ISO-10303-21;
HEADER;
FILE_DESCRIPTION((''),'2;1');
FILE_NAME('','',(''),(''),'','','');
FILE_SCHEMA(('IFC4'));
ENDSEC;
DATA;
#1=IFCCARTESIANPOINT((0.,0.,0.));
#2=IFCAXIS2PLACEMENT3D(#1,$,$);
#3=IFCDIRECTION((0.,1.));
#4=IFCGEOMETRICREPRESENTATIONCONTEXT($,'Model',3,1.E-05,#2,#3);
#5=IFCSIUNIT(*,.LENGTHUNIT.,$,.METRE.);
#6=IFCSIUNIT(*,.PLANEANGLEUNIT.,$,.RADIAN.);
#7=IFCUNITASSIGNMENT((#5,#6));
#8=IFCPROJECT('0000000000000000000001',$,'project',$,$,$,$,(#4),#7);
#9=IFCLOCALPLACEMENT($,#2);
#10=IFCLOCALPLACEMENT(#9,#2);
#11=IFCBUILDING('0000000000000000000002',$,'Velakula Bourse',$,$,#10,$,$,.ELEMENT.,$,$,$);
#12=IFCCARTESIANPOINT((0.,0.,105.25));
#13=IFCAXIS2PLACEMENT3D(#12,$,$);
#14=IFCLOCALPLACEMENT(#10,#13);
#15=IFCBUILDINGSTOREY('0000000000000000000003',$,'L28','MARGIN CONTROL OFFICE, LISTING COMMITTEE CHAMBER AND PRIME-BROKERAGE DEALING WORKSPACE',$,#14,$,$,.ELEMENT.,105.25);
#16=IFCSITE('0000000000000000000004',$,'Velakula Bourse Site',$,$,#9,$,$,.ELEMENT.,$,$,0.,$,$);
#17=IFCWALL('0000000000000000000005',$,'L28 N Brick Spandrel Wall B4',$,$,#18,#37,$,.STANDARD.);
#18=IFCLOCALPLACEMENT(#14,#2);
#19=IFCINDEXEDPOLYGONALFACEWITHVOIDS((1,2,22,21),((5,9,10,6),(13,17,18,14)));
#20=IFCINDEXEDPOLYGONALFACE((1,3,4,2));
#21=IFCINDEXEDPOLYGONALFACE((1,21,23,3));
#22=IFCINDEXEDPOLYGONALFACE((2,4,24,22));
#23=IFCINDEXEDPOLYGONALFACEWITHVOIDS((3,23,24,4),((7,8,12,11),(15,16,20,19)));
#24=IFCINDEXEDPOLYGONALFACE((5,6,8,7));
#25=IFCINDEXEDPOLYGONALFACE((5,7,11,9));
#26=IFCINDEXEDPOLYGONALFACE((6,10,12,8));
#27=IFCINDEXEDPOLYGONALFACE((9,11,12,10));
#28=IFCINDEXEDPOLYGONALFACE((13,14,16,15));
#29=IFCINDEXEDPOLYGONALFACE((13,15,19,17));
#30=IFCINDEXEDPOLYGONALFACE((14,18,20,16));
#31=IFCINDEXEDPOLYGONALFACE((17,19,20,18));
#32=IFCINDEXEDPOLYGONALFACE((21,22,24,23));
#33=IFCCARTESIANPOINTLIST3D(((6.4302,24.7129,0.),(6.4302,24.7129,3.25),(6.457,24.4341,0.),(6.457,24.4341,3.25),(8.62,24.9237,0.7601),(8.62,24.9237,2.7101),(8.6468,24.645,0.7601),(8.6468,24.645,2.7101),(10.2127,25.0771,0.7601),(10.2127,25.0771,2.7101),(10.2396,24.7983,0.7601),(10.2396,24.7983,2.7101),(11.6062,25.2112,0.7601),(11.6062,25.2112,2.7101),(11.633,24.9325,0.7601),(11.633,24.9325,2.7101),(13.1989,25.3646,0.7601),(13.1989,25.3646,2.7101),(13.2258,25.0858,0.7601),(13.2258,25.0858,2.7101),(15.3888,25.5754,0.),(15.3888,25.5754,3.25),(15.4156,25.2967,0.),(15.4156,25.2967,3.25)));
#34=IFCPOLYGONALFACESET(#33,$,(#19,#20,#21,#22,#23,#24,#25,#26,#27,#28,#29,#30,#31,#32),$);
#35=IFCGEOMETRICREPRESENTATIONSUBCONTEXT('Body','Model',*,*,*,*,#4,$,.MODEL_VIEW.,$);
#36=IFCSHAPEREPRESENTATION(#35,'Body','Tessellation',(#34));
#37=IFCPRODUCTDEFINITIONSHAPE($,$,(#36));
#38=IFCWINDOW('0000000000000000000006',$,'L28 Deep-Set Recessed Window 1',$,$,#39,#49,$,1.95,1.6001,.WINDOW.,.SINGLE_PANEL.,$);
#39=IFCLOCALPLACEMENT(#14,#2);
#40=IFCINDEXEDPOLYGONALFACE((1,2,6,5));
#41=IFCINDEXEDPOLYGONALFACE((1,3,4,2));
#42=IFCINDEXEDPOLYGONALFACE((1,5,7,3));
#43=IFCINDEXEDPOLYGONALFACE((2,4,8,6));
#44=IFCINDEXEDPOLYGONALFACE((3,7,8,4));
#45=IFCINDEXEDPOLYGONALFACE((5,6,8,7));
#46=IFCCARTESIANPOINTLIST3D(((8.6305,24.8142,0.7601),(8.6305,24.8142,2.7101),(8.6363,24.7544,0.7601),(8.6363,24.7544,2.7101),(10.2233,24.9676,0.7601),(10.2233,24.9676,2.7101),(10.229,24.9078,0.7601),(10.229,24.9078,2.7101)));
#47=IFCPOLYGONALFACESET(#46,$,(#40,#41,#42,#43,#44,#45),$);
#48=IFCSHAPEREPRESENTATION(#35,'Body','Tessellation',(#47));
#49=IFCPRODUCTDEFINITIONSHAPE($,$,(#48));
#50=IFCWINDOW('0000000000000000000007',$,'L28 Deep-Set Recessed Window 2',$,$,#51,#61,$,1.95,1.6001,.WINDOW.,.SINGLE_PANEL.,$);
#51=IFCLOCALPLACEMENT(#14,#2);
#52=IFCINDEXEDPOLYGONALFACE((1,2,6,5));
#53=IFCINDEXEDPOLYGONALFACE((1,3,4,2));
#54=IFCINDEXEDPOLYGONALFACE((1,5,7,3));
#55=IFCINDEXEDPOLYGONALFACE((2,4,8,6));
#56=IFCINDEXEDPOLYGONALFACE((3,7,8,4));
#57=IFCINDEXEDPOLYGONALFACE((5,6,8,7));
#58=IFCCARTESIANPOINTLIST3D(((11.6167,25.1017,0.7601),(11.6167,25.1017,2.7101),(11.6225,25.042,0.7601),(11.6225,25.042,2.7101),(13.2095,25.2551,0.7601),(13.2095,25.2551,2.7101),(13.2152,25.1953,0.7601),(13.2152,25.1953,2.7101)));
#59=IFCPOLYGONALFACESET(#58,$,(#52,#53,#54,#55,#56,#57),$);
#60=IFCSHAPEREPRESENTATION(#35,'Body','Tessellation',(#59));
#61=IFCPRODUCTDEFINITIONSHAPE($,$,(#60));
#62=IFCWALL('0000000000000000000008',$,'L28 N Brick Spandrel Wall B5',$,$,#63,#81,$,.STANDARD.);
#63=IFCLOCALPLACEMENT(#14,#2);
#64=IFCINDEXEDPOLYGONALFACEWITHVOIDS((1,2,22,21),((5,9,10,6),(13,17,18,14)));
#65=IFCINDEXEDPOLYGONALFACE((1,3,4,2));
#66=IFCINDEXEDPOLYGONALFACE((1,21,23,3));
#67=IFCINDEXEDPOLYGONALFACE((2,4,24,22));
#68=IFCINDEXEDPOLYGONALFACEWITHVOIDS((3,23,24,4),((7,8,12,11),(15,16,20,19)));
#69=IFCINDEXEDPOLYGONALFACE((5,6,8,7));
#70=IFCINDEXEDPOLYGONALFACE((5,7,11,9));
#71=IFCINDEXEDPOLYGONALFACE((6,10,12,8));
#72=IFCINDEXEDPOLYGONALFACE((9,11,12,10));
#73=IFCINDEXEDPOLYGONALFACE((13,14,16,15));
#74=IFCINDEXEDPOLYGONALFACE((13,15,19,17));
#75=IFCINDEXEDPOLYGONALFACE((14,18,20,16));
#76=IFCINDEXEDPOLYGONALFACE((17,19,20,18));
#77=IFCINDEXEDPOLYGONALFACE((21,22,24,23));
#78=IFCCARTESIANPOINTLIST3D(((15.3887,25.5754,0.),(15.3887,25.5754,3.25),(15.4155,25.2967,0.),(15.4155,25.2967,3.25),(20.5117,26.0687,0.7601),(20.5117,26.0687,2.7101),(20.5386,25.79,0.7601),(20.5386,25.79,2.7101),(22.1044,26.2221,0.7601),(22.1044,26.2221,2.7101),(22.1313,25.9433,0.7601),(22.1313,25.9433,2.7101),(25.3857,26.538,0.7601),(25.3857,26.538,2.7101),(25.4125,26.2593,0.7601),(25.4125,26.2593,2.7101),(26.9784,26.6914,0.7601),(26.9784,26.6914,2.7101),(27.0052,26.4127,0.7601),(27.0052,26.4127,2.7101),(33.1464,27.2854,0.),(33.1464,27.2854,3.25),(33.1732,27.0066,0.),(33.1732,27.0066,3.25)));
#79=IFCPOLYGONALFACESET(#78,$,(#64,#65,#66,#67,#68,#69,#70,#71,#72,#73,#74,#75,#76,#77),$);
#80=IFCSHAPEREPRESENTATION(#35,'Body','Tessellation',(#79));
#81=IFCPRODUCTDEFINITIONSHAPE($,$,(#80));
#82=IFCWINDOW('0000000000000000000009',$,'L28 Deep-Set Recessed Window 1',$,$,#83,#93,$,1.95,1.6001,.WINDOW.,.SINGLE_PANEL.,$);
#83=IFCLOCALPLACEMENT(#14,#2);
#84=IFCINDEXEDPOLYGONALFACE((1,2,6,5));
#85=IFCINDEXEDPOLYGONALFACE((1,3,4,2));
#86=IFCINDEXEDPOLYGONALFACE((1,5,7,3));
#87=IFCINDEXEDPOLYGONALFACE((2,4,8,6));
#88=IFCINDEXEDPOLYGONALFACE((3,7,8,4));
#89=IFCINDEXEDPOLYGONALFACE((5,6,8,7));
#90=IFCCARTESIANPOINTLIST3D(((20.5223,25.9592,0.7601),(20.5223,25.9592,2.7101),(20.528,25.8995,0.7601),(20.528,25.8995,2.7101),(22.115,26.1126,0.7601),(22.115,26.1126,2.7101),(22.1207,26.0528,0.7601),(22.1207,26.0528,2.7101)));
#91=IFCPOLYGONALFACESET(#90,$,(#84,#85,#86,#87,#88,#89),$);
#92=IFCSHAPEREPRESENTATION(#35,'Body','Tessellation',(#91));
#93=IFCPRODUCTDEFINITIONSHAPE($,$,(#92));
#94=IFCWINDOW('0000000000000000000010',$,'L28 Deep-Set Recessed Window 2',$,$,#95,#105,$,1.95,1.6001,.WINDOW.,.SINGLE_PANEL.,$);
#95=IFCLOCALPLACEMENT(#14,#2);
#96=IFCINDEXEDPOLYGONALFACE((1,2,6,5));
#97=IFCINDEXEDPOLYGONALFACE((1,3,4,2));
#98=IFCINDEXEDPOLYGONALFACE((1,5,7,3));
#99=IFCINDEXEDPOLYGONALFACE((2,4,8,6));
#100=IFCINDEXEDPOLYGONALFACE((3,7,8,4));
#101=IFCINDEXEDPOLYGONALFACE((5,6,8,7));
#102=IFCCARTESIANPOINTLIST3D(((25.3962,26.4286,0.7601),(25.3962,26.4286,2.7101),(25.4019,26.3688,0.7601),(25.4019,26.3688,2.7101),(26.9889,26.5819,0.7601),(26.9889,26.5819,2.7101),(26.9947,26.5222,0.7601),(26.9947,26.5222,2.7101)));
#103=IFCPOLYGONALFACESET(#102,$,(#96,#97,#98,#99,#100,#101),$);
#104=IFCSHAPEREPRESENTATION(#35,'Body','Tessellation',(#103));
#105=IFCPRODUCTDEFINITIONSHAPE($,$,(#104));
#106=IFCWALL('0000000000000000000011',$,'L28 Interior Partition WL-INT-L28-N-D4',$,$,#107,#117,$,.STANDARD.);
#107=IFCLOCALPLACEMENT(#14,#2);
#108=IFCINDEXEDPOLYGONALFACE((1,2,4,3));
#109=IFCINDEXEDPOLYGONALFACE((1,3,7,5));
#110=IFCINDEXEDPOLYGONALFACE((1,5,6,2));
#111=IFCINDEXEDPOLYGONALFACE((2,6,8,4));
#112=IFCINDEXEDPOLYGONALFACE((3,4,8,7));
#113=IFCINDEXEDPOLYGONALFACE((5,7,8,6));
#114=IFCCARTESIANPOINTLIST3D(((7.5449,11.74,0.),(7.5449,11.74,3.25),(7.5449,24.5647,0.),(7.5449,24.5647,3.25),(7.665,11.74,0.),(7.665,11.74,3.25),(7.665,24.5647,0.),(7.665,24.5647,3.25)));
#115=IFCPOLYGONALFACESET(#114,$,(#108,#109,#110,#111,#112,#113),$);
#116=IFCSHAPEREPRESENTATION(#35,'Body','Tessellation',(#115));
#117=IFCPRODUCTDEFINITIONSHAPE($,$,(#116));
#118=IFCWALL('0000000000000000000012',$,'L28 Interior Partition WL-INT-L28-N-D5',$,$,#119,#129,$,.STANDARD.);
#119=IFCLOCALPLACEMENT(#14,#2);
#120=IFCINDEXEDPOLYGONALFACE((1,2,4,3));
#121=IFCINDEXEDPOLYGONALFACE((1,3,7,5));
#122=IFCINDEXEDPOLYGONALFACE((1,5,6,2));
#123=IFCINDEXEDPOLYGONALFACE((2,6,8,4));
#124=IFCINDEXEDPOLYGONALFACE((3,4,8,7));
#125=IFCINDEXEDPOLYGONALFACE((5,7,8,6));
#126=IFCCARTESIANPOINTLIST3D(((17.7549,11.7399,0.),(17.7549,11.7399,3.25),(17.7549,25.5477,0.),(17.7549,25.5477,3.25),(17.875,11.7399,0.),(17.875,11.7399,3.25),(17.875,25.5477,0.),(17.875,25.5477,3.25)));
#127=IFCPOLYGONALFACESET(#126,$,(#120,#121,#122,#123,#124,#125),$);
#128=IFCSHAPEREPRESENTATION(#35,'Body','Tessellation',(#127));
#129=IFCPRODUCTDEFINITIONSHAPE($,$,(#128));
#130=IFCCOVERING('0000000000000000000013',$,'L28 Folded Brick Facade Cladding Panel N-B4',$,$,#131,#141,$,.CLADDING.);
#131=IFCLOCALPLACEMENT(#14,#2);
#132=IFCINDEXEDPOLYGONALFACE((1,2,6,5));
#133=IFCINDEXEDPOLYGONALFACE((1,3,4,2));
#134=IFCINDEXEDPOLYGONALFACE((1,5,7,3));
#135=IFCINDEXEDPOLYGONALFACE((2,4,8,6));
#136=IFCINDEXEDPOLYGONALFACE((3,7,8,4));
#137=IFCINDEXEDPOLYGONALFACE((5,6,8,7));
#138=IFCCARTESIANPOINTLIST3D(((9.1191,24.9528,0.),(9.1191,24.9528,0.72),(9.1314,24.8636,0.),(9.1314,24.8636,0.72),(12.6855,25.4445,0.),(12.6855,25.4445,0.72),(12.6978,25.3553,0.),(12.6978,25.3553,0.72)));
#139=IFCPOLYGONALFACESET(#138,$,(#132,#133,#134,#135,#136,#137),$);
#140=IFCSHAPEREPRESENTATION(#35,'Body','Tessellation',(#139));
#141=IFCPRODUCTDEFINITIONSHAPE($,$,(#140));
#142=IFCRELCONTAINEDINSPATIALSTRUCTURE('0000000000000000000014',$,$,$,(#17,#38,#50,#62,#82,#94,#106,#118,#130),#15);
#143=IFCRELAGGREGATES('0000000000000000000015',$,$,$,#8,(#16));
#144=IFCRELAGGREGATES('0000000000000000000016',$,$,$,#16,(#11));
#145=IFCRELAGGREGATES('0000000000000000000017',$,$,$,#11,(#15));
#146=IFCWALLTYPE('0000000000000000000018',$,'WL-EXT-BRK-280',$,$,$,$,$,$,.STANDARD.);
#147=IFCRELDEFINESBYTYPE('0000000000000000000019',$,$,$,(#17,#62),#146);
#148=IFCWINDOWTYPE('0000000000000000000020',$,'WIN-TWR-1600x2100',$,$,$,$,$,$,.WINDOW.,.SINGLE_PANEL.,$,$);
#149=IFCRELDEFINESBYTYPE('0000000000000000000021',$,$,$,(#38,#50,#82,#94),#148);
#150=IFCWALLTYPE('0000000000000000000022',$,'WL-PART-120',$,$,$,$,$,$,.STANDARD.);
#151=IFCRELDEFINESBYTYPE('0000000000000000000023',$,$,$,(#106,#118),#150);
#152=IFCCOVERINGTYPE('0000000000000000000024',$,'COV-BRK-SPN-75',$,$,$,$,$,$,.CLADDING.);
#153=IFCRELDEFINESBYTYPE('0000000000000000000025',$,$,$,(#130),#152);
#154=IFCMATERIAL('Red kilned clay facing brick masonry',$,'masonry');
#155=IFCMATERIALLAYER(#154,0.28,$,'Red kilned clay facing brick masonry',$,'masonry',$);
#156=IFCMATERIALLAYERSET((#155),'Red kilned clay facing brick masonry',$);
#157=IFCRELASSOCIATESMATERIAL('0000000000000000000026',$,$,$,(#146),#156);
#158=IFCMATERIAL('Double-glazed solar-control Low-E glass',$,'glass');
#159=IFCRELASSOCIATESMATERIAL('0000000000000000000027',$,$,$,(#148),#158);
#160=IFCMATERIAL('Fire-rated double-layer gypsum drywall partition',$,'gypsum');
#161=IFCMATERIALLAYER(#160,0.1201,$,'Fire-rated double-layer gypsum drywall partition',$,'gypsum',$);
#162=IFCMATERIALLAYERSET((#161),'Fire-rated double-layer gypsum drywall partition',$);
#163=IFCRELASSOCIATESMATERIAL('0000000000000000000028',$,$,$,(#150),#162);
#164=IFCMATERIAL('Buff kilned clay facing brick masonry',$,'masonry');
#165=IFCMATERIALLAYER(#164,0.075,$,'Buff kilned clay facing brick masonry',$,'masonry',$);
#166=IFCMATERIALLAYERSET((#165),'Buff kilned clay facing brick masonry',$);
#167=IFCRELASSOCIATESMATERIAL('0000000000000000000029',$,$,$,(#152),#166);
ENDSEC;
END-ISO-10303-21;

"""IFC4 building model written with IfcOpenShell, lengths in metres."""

from ifc_helpers import new_model, si_unit, direction, frame, frame_2d, origin, origin_2d, place, context, subcontext, project, spatial, rectangle, extrude, material, layer, layer_set, type_object, element, fill, save


model = new_model("IFC4")

# Units and contexts
model_context = context("Model", 3, precision=1e-05, world=origin(), true_north=direction((0.0, 1.0)))
body_context = subcontext(model_context, "Body", "Model", "MODEL_VIEW")
ifc_project = project(units=[si_unit("LENGTHUNIT", "METRE"), si_unit("PLANEANGLEUNIT", "RADIAN")], contexts=[model_context])

# Site, building, storey
site_placement = place(None, origin())
site = spatial("IfcSite", under=ifc_project, at=site_placement, Name="Velakula Bourse Site", CompositionType="ELEMENT", RefElevation=0.0)
building_placement = place(site_placement, origin())
building = spatial("IfcBuilding", under=site, at=building_placement, Name="Velakula Bourse", CompositionType="ELEMENT")
storey_placement = place(building_placement, frame((0.0, 0.0, 105.25)))
storey = spatial("IfcBuildingStorey", under=building, at=storey_placement, Name="L28", Description="MARGIN CONTROL OFFICE, LISTING COMMITTEE CHAMBER AND PRIME-BROKERAGE DEALING WORKSPACE", CompositionType="ELEMENT", Elevation=105.25)

# Walls, openings, windows
ifc_material_1 = material(Name="Red kilned clay facing brick masonry", Category="masonry")
ifc_layer_1 = layer(ifc_material_1, 0.28, Name="Red kilned clay facing brick masonry", Category="masonry")
ifc_layer_set_1 = layer_set([ifc_layer_1], Name="Red kilned clay facing brick masonry")
wall_type_1 = type_object("IfcWallType", Name="WL-EXT-BRK-280", PredefinedType="STANDARD", material=ifc_layer_set_1)
wall_1_placement = place(storey_placement, frame((6.4436, 24.5735, 0.0), z_axis=(0.0, 0.0, 1.0), x_axis=(0.995397, 0.09584, 0.0)))
wall_1 = element("IfcWall", 1, at=wall_1_placement, inside=storey, type_object=wall_type_1, Name="L28 N Brick Spandrel Wall B4", PredefinedType="STANDARD", context=body_context, shape_type="SweptSolid", body=[
    extrude(rectangle(XDim=9.0, YDim=0.28, at=frame_2d((4.5, 0.0))), origin(), (0.0, 0.0, 1.0), 3.25),
])
opening_1_placement = place(wall_1_placement, frame((2.2, 0.0, 0.76)))
opening_1 = element("IfcOpeningElement", 2, at=opening_1_placement, cuts=wall_1, PredefinedType="OPENING", context=body_context, shape_type="SweptSolid", body=[
    extrude(rectangle(XDim=1.6001, YDim=1.95, at=frame_2d((0.8, 0.9751))), frame((0.0, 0.1499, 0.0), z_axis=(0.0, -1.0, 0.0), x_axis=(1.0, 0.0, 0.0)), (0.0, 0.0, 1.0), 0.3),
])
opening_2_placement = place(wall_1_placement, frame((5.2, 0.0, 0.76)))
opening_2 = element("IfcOpeningElement", 3, at=opening_2_placement, cuts=wall_1, PredefinedType="OPENING", context=body_context, shape_type="SweptSolid", body=[
    extrude(rectangle(XDim=1.6001, YDim=1.95, at=frame_2d((0.8, 0.9751))), frame((0.0, 0.1499, 0.0), z_axis=(0.0, -1.0, 0.0), x_axis=(1.0, 0.0, 0.0)), (0.0, 0.0, 1.0), 0.3),
])
ifc_material_2 = material(Name="Double-glazed solar-control Low-E glass", Category="glass")
window_type = type_object("IfcWindowType", Name="WIN-TWR-1600x2100", PartitioningType="SINGLE_PANEL", PredefinedType="WINDOW", material=ifc_material_2)
window_1_placement = place(opening_1_placement, origin())
window_1 = element("IfcWindow", 4, at=window_1_placement, inside=storey, type_object=window_type, Name="L28 Deep-Set Recessed Window 1", OverallHeight=1.95, OverallWidth=1.6001, PartitioningType="SINGLE_PANEL", PredefinedType="WINDOW", context=body_context, shape_type="SweptSolid", body=[
    extrude(rectangle(XDim=1.6001, YDim=1.95, at=frame_2d((0.8, 0.9751))), frame((0.0, 0.03, 0.0), z_axis=(0.0, -1.0, 0.0), x_axis=(1.0, 0.0, 0.0)), (0.0, 0.0, 1.0), 0.0601),
])
fill(opening_1, window_1)
window_2_placement = place(opening_2_placement, origin())
window_2 = element("IfcWindow", 5, at=window_2_placement, inside=storey, type_object=window_type, Name="L28 Deep-Set Recessed Window 2", OverallHeight=1.95, OverallWidth=1.6001, PartitioningType="SINGLE_PANEL", PredefinedType="WINDOW", context=body_context, shape_type="SweptSolid", body=[
    extrude(rectangle(XDim=1.6001, YDim=1.95, at=frame_2d((0.8, 0.9751))), frame((0.0, 0.03, 0.0), z_axis=(0.0, -1.0, 0.0), x_axis=(1.0, 0.0, 0.0)), (0.0, 0.0, 1.0), 0.0601),
])
fill(opening_2, window_2)
wall_2_placement = place(storey_placement, frame((15.4021, 25.436, 0.0), z_axis=(0.0, 0.0, 1.0), x_axis=(0.995396, 0.09585, 0.0)))
wall_2 = element("IfcWall", 6, at=wall_2_placement, inside=storey, type_object=wall_type_1, Name="L28 N Brick Spandrel Wall B5", PredefinedType="STANDARD", context=body_context, shape_type="SweptSolid", body=[
    extrude(rectangle(XDim=17.8398, YDim=0.28, at=frame_2d((8.9199, 0.0))), origin(), (0.0, 0.0, 1.0), 3.25),
])
opening_3_placement = place(wall_2_placement, frame((5.1467, 0.0, 0.76)))
opening_3 = element("IfcOpeningElement", 7, at=opening_3_placement, cuts=wall_2, PredefinedType="OPENING", context=body_context, shape_type="SweptSolid", body=[
    extrude(rectangle(XDim=1.6001, YDim=1.95, at=frame_2d((0.8, 0.9751))), frame((0.0, 0.1499, 0.0), z_axis=(0.0, -1.0, 0.0), x_axis=(1.0, 0.0, 0.0)), (0.0, 0.0, 1.0), 0.3),
])
opening_4_placement = place(wall_2_placement, frame((10.0432, 0.0, 0.76)))
opening_4 = element("IfcOpeningElement", 8, at=opening_4_placement, cuts=wall_2, PredefinedType="OPENING", context=body_context, shape_type="SweptSolid", body=[
    extrude(rectangle(XDim=1.6001, YDim=1.95, at=frame_2d((0.8, 0.9751))), frame((0.0, 0.1499, 0.0), z_axis=(0.0, -1.0, 0.0), x_axis=(1.0, 0.0, 0.0)), (0.0, 0.0, 1.0), 0.3),
])
window_3_placement = place(opening_3_placement, origin())
window_3 = element("IfcWindow", 9, at=window_3_placement, inside=storey, type_object=window_type, Name="L28 Deep-Set Recessed Window 1", OverallHeight=1.95, OverallWidth=1.6001, PartitioningType="SINGLE_PANEL", PredefinedType="WINDOW", context=body_context, shape_type="SweptSolid", body=[
    extrude(rectangle(XDim=1.6001, YDim=1.95, at=frame_2d((0.8, 0.9751))), frame((0.0, 0.03, 0.0), z_axis=(0.0, -1.0, 0.0), x_axis=(1.0, 0.0, 0.0)), (0.0, 0.0, 1.0), 0.0601),
])
fill(opening_3, window_3)
window_4_placement = place(opening_4_placement, origin())
window_4 = element("IfcWindow", 10, at=window_4_placement, inside=storey, type_object=window_type, Name="L28 Deep-Set Recessed Window 2", OverallHeight=1.95, OverallWidth=1.6001, PartitioningType="SINGLE_PANEL", PredefinedType="WINDOW", context=body_context, shape_type="SweptSolid", body=[
    extrude(rectangle(XDim=1.6001, YDim=1.95, at=frame_2d((0.8, 0.9751))), frame((0.0, 0.03, 0.0), z_axis=(0.0, -1.0, 0.0), x_axis=(1.0, 0.0, 0.0)), (0.0, 0.0, 1.0), 0.0601),
])
fill(opening_4, window_4)

# Walls
ifc_material_3 = material(Name="Fire-rated double-layer gypsum drywall partition", Category="gypsum")
ifc_layer_2 = layer(ifc_material_3, 0.1201, Name="Fire-rated double-layer gypsum drywall partition", Category="gypsum")
ifc_layer_set_2 = layer_set([ifc_layer_2], Name="Fire-rated double-layer gypsum drywall partition")
wall_type_2 = type_object("IfcWallType", Name="WL-PART-120", PredefinedType="STANDARD", material=ifc_layer_set_2)
wall_3_placement = place(storey_placement, frame((7.605, 11.74, 0.0), z_axis=(0.0, 0.0, 1.0), x_axis=(0.0, 1.0, 0.0)))
element("IfcWall", 11, at=wall_3_placement, inside=storey, type_object=wall_type_2, Name="L28 Interior Partition WL-INT-L28-N-D4", PredefinedType="STANDARD", context=body_context, shape_type="SweptSolid", body=[
    extrude(rectangle(XDim=12.8247, YDim=0.1201, at=frame_2d((6.4124, 0.0))), origin(), (0.0, 0.0, 1.0), 3.25),
])
wall_4_placement = place(storey_placement, frame((17.8149, 11.74, 0.0), z_axis=(0.0, 0.0, 1.0), x_axis=(0.0, 1.0, 0.0)))
element("IfcWall", 12, at=wall_4_placement, inside=storey, type_object=wall_type_2, Name="L28 Interior Partition WL-INT-L28-N-D5", PredefinedType="STANDARD", context=body_context, shape_type="SweptSolid", body=[
    extrude(rectangle(XDim=13.8079, YDim=0.1201, at=frame_2d((6.9038, 0.0))), origin(), (0.0, 0.0, 1.0), 3.25),
])

# Covering
ifc_material_4 = material(Name="Buff kilned clay facing brick masonry", Category="masonry")
ifc_layer_3 = layer(ifc_material_4, 0.075, Name="Buff kilned clay facing brick masonry", Category="masonry")
ifc_layer_set_3 = layer_set([ifc_layer_3], Name="Buff kilned clay facing brick masonry")
covering_type = type_object("IfcCoveringType", Name="COV-BRK-SPN-75", PredefinedType="CLADDING", material=ifc_layer_set_3)
covering_placement = place(storey_placement, frame((10.9084, 25.1541, 0.0), z_axis=(0.0, 0.0, 1.0), x_axis=(0.990629, 0.13658, 0.0)))
element("IfcCovering", 13, at=covering_placement, inside=storey, type_object=covering_type, Name="L28 Folded Brick Facade Cladding Panel N-B4", PredefinedType="CLADDING", context=body_context, shape_type="SweptSolid", body=[
    extrude(rectangle(XDim=3.6001, YDim=0.0901, at=origin_2d()), origin(), (0.0, 0.0, 1.0), 0.72),
])

save(model, "model.ifc")
